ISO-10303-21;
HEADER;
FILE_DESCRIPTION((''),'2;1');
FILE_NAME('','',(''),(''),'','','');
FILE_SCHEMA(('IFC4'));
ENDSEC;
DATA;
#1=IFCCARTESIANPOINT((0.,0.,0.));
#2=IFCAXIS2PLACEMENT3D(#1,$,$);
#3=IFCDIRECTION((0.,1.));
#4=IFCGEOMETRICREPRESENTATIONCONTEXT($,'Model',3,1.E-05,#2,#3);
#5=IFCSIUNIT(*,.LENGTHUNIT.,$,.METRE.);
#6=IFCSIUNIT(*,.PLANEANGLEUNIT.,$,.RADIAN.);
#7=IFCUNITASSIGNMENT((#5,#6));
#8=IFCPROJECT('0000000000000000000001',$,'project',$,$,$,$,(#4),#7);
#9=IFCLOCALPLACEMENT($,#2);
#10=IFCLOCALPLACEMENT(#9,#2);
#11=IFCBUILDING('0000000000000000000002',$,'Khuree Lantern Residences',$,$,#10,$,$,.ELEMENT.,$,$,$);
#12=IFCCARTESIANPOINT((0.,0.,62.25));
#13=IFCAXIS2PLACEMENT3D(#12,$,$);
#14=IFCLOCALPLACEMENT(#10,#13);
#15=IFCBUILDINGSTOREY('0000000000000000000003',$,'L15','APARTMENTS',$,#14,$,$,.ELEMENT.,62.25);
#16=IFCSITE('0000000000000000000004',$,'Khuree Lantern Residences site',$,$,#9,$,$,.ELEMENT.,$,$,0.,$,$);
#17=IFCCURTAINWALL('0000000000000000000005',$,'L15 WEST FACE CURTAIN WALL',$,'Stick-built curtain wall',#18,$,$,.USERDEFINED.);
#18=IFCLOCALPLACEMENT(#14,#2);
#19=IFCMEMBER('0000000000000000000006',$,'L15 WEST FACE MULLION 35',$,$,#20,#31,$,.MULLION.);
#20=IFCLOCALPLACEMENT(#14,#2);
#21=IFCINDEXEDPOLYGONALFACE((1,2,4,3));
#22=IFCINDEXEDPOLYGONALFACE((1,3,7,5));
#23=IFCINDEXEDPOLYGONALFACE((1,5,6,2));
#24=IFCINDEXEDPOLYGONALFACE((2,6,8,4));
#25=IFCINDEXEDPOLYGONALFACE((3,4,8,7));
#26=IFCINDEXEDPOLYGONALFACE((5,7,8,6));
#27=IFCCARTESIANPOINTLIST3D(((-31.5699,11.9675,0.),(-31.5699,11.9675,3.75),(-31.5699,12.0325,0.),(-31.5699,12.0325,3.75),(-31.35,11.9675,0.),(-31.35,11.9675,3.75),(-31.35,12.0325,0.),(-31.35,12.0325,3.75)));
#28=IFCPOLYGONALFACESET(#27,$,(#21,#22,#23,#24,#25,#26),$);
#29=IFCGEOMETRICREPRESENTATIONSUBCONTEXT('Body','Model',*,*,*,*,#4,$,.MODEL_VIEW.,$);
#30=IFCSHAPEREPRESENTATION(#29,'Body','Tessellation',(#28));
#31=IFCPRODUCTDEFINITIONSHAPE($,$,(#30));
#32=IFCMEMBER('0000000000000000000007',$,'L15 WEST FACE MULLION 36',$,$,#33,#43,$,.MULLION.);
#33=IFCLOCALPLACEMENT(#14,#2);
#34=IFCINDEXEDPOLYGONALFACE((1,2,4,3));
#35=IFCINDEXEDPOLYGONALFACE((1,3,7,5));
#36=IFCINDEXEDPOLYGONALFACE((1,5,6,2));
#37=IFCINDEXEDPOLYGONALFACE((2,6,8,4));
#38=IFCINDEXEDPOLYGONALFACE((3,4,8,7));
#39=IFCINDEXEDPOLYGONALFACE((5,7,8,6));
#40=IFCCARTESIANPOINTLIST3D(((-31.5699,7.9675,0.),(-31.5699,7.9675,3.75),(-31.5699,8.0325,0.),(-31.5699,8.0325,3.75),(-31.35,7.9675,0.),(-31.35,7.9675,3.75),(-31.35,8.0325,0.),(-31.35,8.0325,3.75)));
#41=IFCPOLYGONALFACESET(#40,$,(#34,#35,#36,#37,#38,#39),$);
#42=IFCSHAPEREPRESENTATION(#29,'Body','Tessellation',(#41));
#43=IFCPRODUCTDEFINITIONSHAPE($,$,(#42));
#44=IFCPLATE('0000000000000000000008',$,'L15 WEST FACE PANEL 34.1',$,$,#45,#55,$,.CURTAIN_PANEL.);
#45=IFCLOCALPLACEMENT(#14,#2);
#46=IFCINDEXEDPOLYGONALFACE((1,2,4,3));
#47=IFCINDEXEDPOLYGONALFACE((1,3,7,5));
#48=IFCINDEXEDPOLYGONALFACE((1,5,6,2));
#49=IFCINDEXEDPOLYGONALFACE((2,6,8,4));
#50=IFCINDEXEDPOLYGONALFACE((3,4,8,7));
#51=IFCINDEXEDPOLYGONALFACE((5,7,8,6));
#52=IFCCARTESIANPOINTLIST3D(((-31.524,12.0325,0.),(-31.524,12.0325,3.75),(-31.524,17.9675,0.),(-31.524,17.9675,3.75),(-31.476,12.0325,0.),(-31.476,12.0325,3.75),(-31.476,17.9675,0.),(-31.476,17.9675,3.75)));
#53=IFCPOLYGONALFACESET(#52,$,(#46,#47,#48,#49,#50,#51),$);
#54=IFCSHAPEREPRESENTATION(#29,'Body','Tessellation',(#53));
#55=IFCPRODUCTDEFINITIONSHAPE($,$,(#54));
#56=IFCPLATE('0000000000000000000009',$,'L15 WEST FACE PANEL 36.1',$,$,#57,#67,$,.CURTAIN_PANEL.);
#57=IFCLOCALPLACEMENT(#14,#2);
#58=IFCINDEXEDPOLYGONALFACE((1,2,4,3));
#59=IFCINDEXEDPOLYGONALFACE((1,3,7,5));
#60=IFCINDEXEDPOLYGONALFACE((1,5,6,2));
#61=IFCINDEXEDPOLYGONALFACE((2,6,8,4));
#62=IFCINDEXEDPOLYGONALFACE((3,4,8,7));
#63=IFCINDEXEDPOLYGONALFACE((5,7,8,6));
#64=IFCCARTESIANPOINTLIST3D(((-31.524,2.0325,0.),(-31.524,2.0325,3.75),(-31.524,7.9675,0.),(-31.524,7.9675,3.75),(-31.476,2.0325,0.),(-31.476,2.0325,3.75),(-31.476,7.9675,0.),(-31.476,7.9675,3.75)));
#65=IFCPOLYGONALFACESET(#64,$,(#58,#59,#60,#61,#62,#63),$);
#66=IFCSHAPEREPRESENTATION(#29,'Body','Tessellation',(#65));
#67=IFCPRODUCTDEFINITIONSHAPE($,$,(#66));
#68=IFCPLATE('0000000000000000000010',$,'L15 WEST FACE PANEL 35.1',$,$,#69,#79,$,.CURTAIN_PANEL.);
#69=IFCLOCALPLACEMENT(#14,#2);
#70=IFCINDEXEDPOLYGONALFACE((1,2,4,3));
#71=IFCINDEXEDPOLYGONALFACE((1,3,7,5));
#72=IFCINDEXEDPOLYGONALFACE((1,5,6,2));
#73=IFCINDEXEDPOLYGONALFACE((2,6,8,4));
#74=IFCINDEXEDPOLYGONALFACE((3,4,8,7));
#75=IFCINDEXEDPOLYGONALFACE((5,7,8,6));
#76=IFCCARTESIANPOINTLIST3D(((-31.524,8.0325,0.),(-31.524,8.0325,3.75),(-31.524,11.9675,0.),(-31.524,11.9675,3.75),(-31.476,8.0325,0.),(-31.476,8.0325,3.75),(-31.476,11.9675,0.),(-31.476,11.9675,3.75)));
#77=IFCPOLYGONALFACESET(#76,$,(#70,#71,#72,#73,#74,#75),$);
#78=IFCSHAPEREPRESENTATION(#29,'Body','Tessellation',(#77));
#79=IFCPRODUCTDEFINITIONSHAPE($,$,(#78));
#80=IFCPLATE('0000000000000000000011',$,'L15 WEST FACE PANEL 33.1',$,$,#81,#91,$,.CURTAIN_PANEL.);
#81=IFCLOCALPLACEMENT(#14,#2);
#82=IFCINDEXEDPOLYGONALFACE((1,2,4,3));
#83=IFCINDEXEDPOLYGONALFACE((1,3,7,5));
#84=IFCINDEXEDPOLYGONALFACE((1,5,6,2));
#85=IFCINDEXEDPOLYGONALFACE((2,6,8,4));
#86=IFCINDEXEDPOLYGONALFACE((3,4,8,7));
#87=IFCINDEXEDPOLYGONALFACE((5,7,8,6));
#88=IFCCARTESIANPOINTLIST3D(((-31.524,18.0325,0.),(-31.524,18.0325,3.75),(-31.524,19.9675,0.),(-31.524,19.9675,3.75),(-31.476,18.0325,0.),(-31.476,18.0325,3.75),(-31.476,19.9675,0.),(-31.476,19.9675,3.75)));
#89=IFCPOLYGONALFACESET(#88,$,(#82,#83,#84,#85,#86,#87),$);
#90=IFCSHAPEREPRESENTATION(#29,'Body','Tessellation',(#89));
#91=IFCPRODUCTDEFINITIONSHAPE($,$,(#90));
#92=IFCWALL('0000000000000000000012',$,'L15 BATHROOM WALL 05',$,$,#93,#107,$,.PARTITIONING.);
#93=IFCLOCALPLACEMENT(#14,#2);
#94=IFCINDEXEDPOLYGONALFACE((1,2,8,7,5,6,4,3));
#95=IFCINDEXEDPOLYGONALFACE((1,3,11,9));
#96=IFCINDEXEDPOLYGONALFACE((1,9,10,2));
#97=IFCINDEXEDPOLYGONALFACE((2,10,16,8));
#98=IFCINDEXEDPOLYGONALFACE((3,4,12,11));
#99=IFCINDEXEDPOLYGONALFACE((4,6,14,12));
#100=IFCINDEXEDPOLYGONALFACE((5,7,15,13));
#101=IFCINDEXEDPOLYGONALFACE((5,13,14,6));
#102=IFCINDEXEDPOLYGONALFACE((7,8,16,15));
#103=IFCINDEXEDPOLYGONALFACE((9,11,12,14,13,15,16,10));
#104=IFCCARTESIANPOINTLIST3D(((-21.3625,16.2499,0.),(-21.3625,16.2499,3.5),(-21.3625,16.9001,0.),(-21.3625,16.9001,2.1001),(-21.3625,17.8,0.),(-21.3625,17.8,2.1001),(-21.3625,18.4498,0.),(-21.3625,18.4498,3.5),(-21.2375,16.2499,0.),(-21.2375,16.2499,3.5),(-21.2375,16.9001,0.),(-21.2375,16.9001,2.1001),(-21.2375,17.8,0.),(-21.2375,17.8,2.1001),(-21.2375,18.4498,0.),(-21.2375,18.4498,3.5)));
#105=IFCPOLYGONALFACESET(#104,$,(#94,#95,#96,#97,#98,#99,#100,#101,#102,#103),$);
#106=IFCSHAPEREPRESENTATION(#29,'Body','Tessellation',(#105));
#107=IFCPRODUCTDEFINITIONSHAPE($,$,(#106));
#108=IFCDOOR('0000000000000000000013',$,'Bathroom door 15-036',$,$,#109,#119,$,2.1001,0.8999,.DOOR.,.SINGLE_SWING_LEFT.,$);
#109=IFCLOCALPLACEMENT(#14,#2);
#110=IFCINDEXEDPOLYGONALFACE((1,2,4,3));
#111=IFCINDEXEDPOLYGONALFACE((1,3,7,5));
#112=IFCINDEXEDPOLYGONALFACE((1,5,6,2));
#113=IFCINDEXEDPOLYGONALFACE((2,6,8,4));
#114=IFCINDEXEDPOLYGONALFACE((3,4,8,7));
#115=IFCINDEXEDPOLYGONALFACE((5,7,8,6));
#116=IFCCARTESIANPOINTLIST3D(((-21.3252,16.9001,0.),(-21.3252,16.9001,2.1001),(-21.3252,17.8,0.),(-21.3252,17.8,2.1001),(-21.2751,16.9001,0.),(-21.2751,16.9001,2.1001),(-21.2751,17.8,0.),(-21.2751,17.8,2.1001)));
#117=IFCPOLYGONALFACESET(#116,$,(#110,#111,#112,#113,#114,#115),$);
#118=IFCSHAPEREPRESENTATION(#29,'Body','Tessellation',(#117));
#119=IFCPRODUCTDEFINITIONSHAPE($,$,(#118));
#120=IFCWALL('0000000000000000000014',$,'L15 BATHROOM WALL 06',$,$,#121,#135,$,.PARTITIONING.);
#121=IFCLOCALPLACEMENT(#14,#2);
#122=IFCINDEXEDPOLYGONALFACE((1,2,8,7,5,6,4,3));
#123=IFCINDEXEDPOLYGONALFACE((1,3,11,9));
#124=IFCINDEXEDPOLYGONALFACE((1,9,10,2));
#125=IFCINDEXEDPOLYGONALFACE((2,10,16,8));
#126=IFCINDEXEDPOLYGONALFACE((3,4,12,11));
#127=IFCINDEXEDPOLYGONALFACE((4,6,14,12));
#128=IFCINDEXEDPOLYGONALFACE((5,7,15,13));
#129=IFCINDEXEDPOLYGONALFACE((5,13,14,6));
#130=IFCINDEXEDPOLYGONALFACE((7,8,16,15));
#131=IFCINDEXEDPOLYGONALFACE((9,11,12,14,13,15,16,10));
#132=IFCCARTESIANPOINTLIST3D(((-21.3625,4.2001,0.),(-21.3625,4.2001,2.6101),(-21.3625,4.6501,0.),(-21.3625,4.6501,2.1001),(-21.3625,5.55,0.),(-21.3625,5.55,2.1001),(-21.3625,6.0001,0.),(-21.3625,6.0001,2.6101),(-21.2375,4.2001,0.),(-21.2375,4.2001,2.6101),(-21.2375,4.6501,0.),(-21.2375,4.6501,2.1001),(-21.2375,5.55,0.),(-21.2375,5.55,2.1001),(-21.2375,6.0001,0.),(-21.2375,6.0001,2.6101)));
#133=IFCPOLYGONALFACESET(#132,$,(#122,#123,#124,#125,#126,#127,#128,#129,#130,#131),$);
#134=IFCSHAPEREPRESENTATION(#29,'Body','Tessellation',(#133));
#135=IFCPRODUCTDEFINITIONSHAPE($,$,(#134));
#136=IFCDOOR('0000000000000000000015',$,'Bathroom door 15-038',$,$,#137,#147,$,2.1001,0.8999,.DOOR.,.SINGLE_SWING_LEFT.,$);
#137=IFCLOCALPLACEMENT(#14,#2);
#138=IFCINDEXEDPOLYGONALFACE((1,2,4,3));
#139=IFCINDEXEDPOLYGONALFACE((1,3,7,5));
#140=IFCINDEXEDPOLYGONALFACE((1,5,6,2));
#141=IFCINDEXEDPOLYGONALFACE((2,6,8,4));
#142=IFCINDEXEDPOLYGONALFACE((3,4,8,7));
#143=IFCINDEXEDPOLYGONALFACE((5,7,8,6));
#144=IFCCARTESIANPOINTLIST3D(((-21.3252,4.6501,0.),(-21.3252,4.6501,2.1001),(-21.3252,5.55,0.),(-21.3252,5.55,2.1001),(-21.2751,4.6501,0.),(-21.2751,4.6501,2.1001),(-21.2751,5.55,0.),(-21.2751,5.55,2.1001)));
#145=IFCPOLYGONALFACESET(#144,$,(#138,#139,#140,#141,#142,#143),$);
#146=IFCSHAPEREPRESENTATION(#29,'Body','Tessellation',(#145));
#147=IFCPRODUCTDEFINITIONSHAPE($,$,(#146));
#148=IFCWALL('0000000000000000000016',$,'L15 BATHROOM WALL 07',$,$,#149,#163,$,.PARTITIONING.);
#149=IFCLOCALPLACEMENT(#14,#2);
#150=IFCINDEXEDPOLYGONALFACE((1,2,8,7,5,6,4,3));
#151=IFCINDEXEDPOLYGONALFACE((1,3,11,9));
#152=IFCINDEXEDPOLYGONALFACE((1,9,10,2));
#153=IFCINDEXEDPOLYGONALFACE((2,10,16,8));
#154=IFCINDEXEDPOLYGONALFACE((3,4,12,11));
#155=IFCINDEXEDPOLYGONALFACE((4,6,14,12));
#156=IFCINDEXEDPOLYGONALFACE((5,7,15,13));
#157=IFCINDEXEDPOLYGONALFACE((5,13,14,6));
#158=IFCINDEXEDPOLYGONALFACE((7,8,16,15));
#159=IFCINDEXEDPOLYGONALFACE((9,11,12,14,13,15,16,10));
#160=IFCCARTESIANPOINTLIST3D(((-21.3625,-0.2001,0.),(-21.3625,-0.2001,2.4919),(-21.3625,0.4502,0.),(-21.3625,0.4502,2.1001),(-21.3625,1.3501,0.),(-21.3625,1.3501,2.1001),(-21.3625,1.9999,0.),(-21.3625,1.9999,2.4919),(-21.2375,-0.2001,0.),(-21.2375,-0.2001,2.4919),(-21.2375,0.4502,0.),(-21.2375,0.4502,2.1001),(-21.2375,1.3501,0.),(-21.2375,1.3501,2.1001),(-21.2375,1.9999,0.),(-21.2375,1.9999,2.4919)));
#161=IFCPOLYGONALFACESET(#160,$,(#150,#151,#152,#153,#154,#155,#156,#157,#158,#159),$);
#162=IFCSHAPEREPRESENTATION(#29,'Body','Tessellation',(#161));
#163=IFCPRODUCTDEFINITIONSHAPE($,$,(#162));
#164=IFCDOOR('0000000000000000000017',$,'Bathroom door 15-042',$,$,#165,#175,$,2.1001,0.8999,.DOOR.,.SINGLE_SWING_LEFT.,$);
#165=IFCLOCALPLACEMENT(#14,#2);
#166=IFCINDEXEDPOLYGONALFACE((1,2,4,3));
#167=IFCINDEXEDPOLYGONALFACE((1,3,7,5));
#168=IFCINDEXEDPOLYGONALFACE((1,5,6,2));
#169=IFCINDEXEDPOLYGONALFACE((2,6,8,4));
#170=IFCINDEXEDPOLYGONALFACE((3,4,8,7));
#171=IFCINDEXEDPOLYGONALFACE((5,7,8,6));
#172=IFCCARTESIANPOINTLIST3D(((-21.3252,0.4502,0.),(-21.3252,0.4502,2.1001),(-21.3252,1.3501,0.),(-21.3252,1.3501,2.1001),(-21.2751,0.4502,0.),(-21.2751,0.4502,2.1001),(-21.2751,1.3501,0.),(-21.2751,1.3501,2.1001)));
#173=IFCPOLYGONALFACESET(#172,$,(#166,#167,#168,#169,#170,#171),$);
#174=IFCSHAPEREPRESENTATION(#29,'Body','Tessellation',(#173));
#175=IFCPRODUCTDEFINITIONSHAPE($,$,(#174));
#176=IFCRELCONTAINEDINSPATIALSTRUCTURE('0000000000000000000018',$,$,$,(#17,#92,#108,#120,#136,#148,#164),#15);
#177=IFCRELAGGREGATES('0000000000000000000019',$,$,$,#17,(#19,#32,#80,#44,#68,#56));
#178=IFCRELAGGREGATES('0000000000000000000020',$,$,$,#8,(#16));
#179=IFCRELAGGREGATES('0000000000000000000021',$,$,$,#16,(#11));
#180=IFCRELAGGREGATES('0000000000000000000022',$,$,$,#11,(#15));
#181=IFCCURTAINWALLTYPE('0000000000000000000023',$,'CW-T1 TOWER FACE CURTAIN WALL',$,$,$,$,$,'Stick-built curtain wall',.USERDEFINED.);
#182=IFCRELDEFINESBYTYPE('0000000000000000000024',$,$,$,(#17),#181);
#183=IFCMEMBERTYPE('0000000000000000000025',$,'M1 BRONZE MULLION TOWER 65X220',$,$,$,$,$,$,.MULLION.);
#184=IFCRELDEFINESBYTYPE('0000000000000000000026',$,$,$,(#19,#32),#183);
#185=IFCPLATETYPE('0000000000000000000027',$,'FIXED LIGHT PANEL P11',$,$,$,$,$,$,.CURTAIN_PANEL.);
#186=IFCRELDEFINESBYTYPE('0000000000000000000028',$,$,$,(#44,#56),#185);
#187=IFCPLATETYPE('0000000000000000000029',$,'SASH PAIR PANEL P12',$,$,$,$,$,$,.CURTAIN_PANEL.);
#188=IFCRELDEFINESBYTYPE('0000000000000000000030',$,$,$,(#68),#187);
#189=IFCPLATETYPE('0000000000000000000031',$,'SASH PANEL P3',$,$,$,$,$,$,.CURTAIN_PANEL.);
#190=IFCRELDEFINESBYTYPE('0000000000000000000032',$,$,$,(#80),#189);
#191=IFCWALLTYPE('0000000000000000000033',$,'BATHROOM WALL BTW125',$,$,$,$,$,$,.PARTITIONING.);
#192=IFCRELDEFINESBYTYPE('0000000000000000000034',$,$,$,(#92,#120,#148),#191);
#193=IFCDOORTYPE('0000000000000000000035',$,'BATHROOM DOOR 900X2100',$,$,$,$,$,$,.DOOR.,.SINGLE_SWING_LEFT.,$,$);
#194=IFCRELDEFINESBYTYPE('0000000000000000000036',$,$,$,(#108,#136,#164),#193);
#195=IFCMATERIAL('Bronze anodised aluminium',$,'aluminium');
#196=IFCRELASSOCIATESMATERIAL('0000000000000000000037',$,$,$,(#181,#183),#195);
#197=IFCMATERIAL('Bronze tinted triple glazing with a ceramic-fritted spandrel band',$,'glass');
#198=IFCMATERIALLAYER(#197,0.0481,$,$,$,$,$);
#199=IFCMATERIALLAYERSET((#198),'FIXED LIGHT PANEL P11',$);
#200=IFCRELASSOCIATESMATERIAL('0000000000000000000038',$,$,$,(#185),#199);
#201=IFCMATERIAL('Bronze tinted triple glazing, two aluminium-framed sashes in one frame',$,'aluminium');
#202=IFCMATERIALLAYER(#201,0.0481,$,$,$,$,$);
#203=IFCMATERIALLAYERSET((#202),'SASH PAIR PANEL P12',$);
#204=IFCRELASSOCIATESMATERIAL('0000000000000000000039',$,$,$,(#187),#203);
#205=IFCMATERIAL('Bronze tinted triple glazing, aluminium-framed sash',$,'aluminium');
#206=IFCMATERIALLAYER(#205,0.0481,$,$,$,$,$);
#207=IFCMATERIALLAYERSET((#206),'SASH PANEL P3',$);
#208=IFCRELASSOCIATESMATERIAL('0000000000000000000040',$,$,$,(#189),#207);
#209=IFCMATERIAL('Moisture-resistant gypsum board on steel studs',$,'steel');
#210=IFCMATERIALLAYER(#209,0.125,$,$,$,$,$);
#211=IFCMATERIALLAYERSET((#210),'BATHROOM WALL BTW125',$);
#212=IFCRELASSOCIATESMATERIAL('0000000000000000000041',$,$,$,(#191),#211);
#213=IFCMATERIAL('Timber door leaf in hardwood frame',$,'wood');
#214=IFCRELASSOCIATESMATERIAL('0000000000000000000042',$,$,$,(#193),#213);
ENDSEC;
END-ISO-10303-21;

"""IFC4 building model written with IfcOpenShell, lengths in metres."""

from ifc_helpers import new_model, si_unit, direction, frame, frame_2d, origin, origin_2d, place, context, subcontext, project, spatial, rectangle, extrude, material, layer, layer_set, material_profile, profile_set, type_object, element, fill, aggregate, save


model = new_model("IFC4")

# Units and contexts
model_context = context("Model", 3, precision=1e-05, world=origin(), true_north=direction((0.0, 1.0)))
body_context = subcontext(model_context, "Body", "Model", "MODEL_VIEW")
ifc_project = project(units=[si_unit("LENGTHUNIT", "METRE"), si_unit("PLANEANGLEUNIT", "RADIAN")], contexts=[model_context])

# Site, building, storey
site_placement = place(None, origin())
site = spatial("IfcSite", under=ifc_project, at=site_placement, Name="Khuree Lantern Residences site", CompositionType="ELEMENT", RefElevation=0.0)
building_placement = place(site_placement, origin())
building = spatial("IfcBuilding", under=site, at=building_placement, Name="Khuree Lantern Residences", CompositionType="ELEMENT")
storey_placement = place(building_placement, frame((0.0, 0.0, 62.25)))
storey = spatial("IfcBuildingStorey", under=building, at=storey_placement, Name="L15", Description="APARTMENTS", CompositionType="ELEMENT", Elevation=62.25)

# Curtain wall
ifc_material_1 = material(Name="Bronze anodised aluminium", Category="aluminium")
curtain_wall_type = type_object("IfcCurtainWallType", Name="CW-T1 TOWER FACE CURTAIN WALL", ElementType="Stick-built curtain wall", PredefinedType="USERDEFINED", material=ifc_material_1)
curtain_wall_placement = place(storey_placement, origin())
curtain_wall = element("IfcCurtainWall", 1, at=curtain_wall_placement, inside=storey, type_object=curtain_wall_type, Name="L15 WEST FACE CURTAIN WALL", ObjectType="Stick-built curtain wall", PredefinedType="USERDEFINED")

# Members
ifc_material_profile_1 = material_profile(ifc_material_1, rectangle(XDim=0.0649, YDim=0.22, at=origin_2d()), Name="M1 65X220")
ifc_profile_set_1 = profile_set([ifc_material_profile_1], Name="Bronze anodised aluminium")
member_type_1 = type_object("IfcMemberType", Name="M1 BRONZE MULLION TOWER 65X220", PredefinedType="MULLION", material=ifc_profile_set_1)
member_1_placement = place(storey_placement, frame((-31.46, 12.0, 0.0), z_axis=(0.0, 0.0, 1.0), x_axis=(0.0, -1.0, 0.0)))
member_1 = element("IfcMember", 2, at=member_1_placement, type_object=member_type_1, Name="L15 WEST FACE MULLION 35", PredefinedType="MULLION", context=body_context, shape_type="SweptSolid", body=[
    extrude(rectangle(XDim=0.0649, YDim=0.22, at=origin_2d()), origin(), (0.0, 0.0, 1.0), 3.75),
])
member_2_placement = place(storey_placement, frame((-31.46, 8.0, 0.0), z_axis=(0.0, 0.0, 1.0), x_axis=(0.0, -1.0, 0.0)))
member_2 = element("IfcMember", 3, at=member_2_placement, type_object=member_type_1, Name="L15 WEST FACE MULLION 36", PredefinedType="MULLION", context=body_context, shape_type="SweptSolid", body=[
    extrude(rectangle(XDim=0.0649, YDim=0.22, at=origin_2d()), origin(), (0.0, 0.0, 1.0), 3.75),
])

# Plates
ifc_material_2 = material(Name="Bronze tinted triple glazing with a ceramic-fritted spandrel band", Category="glass")
ifc_layer_1 = layer(ifc_material_2, 0.0481)
ifc_layer_set_1 = layer_set([ifc_layer_1], Name="FIXED LIGHT PANEL P11")
plate_type_1 = type_object("IfcPlateType", Name="FIXED LIGHT PANEL P11", PredefinedType="CURTAIN_PANEL", material=ifc_layer_set_1)
plate_1_placement = place(storey_placement, frame((-31.5, 15.0, 0.0), z_axis=(0.0, 0.0, 1.0), x_axis=(0.0, -1.0, 0.0)))
plate_1 = element("IfcPlate", 4, at=plate_1_placement, type_object=plate_type_1, Name="L15 WEST FACE PANEL 34.1", PredefinedType="CURTAIN_PANEL", context=body_context, shape_type="SweptSolid", body=[
    extrude(rectangle(XDim=5.9351, YDim=0.0481, at=origin_2d()), origin(), (0.0, 0.0, 1.0), 3.75),
])
plate_2_placement = place(storey_placement, frame((-31.5, 5.0, 0.0), z_axis=(0.0, 0.0, 1.0), x_axis=(0.0, -1.0, 0.0)))
plate_2 = element("IfcPlate", 5, at=plate_2_placement, type_object=plate_type_1, Name="L15 WEST FACE PANEL 36.1", PredefinedType="CURTAIN_PANEL", context=body_context, shape_type="SweptSolid", body=[
    extrude(rectangle(XDim=5.9351, YDim=0.0481, at=origin_2d()), origin(), (0.0, 0.0, 1.0), 3.75),
])
ifc_material_3 = material(Name="Bronze tinted triple glazing, two aluminium-framed sashes in one frame", Category="aluminium")
ifc_layer_2 = layer(ifc_material_3, 0.0481)
ifc_layer_set_2 = layer_set([ifc_layer_2], Name="SASH PAIR PANEL P12")
plate_type_2 = type_object("IfcPlateType", Name="SASH PAIR PANEL P12", PredefinedType="CURTAIN_PANEL", material=ifc_layer_set_2)
plate_3_placement = place(storey_placement, frame((-31.5, 10.0, 0.0), z_axis=(0.0, 0.0, 1.0), x_axis=(0.0, -1.0, 0.0)))
plate_3 = element("IfcPlate", 6, at=plate_3_placement, type_object=plate_type_2, Name="L15 WEST FACE PANEL 35.1", PredefinedType="CURTAIN_PANEL", context=body_context, shape_type="SweptSolid", body=[
    extrude(rectangle(XDim=3.9351, YDim=0.0481, at=origin_2d()), origin(), (0.0, 0.0, 1.0), 3.75),
])
ifc_material_4 = material(Name="Bronze tinted triple glazing, aluminium-framed sash", Category="aluminium")
ifc_layer_3 = layer(ifc_material_4, 0.0481)
ifc_layer_set_3 = layer_set([ifc_layer_3], Name="SASH PANEL P3")
plate_type_3 = type_object("IfcPlateType", Name="SASH PANEL P3", PredefinedType="CURTAIN_PANEL", material=ifc_layer_set_3)
plate_4_placement = place(storey_placement, frame((-31.5, 19.0, 0.0), z_axis=(0.0, 0.0, 1.0), x_axis=(0.0, -1.0, 0.0)))
plate_4 = element("IfcPlate", 7, at=plate_4_placement, type_object=plate_type_3, Name="L15 WEST FACE PANEL 33.1", PredefinedType="CURTAIN_PANEL", context=body_context, shape_type="SweptSolid", body=[
    extrude(rectangle(XDim=1.9351, YDim=0.0481, at=origin_2d()), origin(), (0.0, 0.0, 1.0), 3.75),
])
aggregate(curtain_wall, [member_1, member_2, plate_4, plate_1, plate_3, plate_2])

# Walls, openings, doors
ifc_material_5 = material(Name="Moisture-resistant gypsum board on steel studs", Category="steel")
ifc_layer_4 = layer(ifc_material_5, 0.125)
ifc_layer_set_4 = layer_set([ifc_layer_4], Name="BATHROOM WALL BTW125")
wall_type_1 = type_object("IfcWallType", Name="BATHROOM WALL BTW125", PredefinedType="PARTITIONING", material=ifc_layer_set_4)
wall_1_placement = place(storey_placement, frame((-21.3, 18.45, 0.0), z_axis=(0.0, 0.0, 1.0), x_axis=(0.0, -1.0, 0.0)))
wall_1 = element("IfcWall", 8, at=wall_1_placement, inside=storey, type_object=wall_type_1, Name="L15 BATHROOM WALL 05", PredefinedType="PARTITIONING", context=body_context, shape_type="SweptSolid", body=[
    extrude(rectangle(XDim=2.2, YDim=0.125, at=frame_2d((1.1001, 0.0))), origin(), (0.0, 0.0, 1.0), 3.5),
])
opening_1_placement = place(wall_1_placement, frame((0.6499, 0.0, 0.0)))
opening_1 = element("IfcOpeningElement", 9, at=opening_1_placement, cuts=wall_1, PredefinedType="OPENING", context=body_context, shape_type="SweptSolid", body=[
    extrude(rectangle(XDim=0.8999, YDim=2.1001, at=frame_2d((0.45, 1.05))), frame((0.0, 0.0725, 0.0), z_axis=(0.0, -1.0, 0.0), x_axis=(1.0, 0.0, 0.0)), (0.0, 0.0, 1.0), 0.145),
])
ifc_material_6 = material(Name="Timber door leaf in hardwood frame", Category="wood")
door_type_1 = type_object("IfcDoorType", Name="BATHROOM DOOR 900X2100", OperationType="SINGLE_SWING_LEFT", PredefinedType="DOOR", material=ifc_material_6)
door_1_placement = place(opening_1_placement, origin())
door_1 = element("IfcDoor", 10, at=door_1_placement, inside=storey, type_object=door_type_1, Name="Bathroom door 15-036", OperationType="SINGLE_SWING_LEFT", OverallHeight=2.1001, OverallWidth=0.8999, PredefinedType="DOOR", context=body_context, shape_type="SweptSolid", body=[
    extrude(rectangle(XDim=0.8999, YDim=2.1001, at=frame_2d((0.45, 1.05))), frame((0.0, 0.0249, 0.0), z_axis=(0.0, -1.0, 0.0), x_axis=(1.0, 0.0, 0.0)), (0.0, 0.0, 1.0), 0.05),
])
fill(opening_1, door_1)
wall_2_placement = place(storey_placement, frame((-21.3, 6.0, 0.0), z_axis=(0.0, 0.0, 1.0), x_axis=(0.0, -1.0, 0.0)))
wall_2 = element("IfcWall", 11, at=wall_2_placement, inside=storey, type_object=wall_type_1, Name="L15 BATHROOM WALL 06", PredefinedType="PARTITIONING", context=body_context, shape_type="SweptSolid", body=[
    extrude(rectangle(XDim=1.8, YDim=0.125, at=frame_2d((0.8999, 0.0))), origin(), (0.0, 0.0, 1.0), 2.6101),
])
opening_2_placement = place(wall_2_placement, frame((0.45, 0.0, 0.0)))
opening_2 = element("IfcOpeningElement", 12, at=opening_2_placement, cuts=wall_2, PredefinedType="OPENING", context=body_context, shape_type="SweptSolid", body=[
    extrude(rectangle(XDim=0.8999, YDim=2.1001, at=frame_2d((0.45, 1.05))), frame((0.0, 0.0725, 0.0), z_axis=(0.0, -1.0, 0.0), x_axis=(1.0, 0.0, 0.0)), (0.0, 0.0, 1.0), 0.145),
])
door_2_placement = place(opening_2_placement, origin())
door_2 = element("IfcDoor", 13, at=door_2_placement, inside=storey, type_object=door_type_1, Name="Bathroom door 15-038", OperationType="SINGLE_SWING_LEFT", OverallHeight=2.1001, OverallWidth=0.8999, PredefinedType="DOOR", context=body_context, shape_type="SweptSolid", body=[
    extrude(rectangle(XDim=0.8999, YDim=2.1001, at=frame_2d((0.45, 1.05))), frame((0.0, 0.0249, 0.0), z_axis=(0.0, -1.0, 0.0), x_axis=(1.0, 0.0, 0.0)), (0.0, 0.0, 1.0), 0.05),
])
fill(opening_2, door_2)
wall_3_placement = place(storey_placement, frame((-21.3, 2.0, 0.0), z_axis=(0.0, 0.0, 1.0), x_axis=(0.0, -1.0, 0.0)))
wall_3 = element("IfcWall", 14, at=wall_3_placement, inside=storey, type_object=wall_type_1, Name="L15 BATHROOM WALL 07", PredefinedType="PARTITIONING", context=body_context, shape_type="SweptSolid", body=[
    extrude(rectangle(XDim=2.2, YDim=0.125, at=frame_2d((1.1001, 0.0))), origin(), (0.0, 0.0, 1.0), 2.4919),
])
opening_3_placement = place(wall_3_placement, frame((0.6499, 0.0, 0.0)))
opening_3 = element("IfcOpeningElement", 15, at=opening_3_placement, cuts=wall_3, PredefinedType="OPENING", context=body_context, shape_type="SweptSolid", body=[
    extrude(rectangle(XDim=0.8999, YDim=2.1001, at=frame_2d((0.45, 1.05))), frame((0.0, 0.0725, 0.0), z_axis=(0.0, -1.0, 0.0), x_axis=(1.0, 0.0, 0.0)), (0.0, 0.0, 1.0), 0.145),
])
door_3_placement = place(opening_3_placement, origin())
door_3 = element("IfcDoor", 16, at=door_3_placement, inside=storey, type_object=door_type_1, Name="Bathroom door 15-042", OperationType="SINGLE_SWING_LEFT", OverallHeight=2.1001, OverallWidth=0.8999, PredefinedType="DOOR", context=body_context, shape_type="SweptSolid", body=[
    extrude(rectangle(XDim=0.8999, YDim=2.1001, at=frame_2d((0.45, 1.05))), frame((0.0, 0.0249, 0.0), z_axis=(0.0, -1.0, 0.0), x_axis=(1.0, 0.0, 0.0)), (0.0, 0.0, 1.0), 0.05),
])
fill(opening_3, door_3)

save(model, "model.ifc")
